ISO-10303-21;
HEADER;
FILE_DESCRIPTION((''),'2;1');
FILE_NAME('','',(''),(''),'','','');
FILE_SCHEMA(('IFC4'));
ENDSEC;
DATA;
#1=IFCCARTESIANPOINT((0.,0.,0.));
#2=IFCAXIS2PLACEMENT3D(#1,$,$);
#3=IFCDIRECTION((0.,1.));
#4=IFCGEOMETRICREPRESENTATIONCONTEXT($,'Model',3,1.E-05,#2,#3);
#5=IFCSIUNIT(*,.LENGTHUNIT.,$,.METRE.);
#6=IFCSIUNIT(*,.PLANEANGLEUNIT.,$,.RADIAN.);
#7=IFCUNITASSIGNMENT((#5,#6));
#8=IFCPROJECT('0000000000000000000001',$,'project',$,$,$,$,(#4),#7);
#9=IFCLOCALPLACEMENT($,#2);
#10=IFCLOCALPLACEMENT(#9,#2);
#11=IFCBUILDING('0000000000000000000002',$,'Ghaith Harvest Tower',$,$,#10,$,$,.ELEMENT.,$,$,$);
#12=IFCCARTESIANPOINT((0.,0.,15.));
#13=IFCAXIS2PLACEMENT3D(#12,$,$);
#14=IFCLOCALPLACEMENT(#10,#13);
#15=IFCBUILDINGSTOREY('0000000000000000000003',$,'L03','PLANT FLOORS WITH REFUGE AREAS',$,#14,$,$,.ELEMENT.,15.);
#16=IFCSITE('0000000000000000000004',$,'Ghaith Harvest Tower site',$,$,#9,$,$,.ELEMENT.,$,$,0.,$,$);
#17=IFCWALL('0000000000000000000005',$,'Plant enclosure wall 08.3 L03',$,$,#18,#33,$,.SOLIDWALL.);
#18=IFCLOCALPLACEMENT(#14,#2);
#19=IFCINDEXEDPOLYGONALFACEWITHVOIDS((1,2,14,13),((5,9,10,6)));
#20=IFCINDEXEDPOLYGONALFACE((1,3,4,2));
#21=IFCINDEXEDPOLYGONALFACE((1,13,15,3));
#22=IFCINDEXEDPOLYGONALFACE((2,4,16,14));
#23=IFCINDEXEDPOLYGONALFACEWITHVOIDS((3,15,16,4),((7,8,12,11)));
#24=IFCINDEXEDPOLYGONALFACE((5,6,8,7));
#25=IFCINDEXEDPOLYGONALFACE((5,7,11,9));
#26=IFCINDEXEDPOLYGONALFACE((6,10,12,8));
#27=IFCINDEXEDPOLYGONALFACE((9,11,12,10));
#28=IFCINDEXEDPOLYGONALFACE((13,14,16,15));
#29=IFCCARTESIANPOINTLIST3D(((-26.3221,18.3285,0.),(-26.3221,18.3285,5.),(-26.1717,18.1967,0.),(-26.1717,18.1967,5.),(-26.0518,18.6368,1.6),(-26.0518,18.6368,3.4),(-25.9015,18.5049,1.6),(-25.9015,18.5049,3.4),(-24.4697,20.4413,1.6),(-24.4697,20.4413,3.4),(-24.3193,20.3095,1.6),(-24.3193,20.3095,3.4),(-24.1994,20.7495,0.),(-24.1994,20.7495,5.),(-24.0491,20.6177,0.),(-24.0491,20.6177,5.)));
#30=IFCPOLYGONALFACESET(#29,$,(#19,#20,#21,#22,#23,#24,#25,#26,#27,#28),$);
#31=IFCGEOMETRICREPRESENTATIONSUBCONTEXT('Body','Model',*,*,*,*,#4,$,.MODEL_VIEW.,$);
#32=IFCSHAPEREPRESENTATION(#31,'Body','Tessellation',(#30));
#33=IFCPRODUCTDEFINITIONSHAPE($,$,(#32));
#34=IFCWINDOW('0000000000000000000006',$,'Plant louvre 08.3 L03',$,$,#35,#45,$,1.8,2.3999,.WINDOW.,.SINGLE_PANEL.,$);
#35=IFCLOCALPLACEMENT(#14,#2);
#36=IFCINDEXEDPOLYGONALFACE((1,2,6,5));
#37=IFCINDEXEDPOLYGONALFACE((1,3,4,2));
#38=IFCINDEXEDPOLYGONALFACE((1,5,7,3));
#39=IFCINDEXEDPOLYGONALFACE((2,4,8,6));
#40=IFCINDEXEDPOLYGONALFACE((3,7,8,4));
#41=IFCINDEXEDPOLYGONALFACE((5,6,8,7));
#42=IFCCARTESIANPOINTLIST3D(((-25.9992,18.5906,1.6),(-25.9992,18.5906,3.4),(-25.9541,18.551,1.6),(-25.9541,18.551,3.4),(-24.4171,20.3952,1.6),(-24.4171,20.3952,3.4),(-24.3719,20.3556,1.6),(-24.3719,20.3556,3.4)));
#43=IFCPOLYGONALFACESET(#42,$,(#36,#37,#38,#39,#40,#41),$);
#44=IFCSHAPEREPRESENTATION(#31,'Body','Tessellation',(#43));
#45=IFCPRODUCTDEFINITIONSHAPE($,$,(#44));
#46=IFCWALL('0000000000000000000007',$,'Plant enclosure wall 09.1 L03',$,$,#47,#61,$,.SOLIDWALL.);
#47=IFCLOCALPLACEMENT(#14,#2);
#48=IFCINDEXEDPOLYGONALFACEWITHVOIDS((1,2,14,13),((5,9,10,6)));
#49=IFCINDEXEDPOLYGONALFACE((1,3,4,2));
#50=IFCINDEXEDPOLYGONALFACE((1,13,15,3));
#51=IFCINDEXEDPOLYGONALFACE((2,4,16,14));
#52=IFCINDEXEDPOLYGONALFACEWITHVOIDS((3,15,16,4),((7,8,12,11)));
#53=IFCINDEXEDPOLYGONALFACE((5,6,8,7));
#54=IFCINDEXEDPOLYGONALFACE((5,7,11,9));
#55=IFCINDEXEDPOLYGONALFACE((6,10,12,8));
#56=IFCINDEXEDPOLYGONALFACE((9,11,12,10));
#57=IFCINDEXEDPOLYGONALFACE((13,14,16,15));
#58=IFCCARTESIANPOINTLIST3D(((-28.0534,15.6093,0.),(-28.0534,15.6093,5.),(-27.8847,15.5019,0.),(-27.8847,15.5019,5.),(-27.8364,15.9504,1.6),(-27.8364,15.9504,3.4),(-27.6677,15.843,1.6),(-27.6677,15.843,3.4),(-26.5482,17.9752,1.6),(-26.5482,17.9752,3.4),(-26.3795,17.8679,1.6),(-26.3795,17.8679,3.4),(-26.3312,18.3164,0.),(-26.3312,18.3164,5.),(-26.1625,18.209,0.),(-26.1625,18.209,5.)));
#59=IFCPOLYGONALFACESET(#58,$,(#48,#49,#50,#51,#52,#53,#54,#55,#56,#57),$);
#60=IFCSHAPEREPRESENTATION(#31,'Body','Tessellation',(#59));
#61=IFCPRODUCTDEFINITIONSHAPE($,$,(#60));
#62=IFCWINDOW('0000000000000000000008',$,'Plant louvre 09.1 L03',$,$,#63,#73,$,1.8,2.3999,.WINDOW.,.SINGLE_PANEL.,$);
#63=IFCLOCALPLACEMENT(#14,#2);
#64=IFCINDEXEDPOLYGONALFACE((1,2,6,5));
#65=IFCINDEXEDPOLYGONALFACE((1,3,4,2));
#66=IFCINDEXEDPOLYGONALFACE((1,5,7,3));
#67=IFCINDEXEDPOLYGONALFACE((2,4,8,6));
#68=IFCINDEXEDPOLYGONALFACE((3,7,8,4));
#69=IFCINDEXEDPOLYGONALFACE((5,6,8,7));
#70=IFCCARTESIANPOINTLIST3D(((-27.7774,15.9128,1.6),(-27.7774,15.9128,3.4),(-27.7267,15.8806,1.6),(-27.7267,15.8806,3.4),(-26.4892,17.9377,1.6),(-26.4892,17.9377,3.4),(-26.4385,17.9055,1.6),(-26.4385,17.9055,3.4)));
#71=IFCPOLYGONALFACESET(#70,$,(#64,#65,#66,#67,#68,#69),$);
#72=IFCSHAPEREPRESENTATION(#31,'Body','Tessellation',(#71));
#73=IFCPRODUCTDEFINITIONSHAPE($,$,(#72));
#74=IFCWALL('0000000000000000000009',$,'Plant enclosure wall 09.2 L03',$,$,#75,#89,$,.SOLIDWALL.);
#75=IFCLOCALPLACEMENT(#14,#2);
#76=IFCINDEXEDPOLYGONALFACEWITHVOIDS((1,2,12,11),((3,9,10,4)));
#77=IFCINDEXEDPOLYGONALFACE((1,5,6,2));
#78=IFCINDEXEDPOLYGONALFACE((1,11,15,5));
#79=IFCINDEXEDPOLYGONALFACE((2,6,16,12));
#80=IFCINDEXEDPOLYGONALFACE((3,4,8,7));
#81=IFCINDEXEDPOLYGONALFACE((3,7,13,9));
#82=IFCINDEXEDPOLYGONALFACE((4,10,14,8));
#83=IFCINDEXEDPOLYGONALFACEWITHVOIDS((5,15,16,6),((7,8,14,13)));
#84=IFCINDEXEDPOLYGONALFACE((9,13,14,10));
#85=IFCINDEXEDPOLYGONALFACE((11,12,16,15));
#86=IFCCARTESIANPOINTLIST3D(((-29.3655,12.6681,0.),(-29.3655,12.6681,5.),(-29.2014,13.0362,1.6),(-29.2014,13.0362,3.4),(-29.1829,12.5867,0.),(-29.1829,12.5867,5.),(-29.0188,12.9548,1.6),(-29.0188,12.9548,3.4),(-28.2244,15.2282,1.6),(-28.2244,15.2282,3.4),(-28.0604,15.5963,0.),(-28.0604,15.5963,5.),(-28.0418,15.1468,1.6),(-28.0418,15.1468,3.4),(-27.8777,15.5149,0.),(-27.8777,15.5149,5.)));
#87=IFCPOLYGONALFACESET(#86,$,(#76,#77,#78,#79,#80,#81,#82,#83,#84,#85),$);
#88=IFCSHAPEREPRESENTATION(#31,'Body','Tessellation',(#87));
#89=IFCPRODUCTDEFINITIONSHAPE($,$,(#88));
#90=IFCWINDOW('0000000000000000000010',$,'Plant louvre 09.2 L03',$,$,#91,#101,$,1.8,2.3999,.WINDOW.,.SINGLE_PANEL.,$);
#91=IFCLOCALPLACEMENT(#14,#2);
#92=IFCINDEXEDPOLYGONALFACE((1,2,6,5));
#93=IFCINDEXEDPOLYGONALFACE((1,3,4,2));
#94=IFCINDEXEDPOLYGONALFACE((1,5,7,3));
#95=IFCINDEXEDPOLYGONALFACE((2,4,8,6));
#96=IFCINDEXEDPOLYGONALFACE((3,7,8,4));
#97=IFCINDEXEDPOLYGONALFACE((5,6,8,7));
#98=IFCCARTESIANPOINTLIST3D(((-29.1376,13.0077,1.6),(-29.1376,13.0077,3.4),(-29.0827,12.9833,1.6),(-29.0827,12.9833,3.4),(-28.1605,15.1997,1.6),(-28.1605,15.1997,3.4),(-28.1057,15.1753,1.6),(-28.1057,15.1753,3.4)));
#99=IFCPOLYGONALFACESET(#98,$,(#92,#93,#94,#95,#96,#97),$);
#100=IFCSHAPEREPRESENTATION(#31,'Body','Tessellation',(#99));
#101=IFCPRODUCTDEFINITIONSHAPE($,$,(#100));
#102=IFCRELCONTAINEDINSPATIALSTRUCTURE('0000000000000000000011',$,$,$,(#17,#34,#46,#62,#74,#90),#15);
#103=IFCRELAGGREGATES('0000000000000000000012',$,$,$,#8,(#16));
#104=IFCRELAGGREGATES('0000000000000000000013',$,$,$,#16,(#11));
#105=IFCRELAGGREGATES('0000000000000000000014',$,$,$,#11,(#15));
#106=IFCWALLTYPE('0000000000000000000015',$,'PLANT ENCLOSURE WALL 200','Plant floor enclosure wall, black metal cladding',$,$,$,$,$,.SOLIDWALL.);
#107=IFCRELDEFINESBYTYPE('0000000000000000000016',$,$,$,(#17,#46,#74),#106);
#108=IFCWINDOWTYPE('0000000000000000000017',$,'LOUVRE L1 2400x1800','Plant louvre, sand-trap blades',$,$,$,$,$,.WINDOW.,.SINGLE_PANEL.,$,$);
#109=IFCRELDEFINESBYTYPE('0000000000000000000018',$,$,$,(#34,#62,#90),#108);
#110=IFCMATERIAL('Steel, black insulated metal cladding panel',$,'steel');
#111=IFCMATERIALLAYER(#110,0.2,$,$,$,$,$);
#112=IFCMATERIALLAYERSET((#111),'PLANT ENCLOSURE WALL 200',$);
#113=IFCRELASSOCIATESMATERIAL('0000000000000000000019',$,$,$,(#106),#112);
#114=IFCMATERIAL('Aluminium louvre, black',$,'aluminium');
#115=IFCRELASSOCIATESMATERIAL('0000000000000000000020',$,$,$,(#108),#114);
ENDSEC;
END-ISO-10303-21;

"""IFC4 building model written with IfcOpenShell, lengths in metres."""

from ifc_helpers import new_model, si_unit, direction, frame, frame_2d, origin, place, context, subcontext, project, spatial, rectangle, extrude, material, layer, layer_set, type_object, element, fill, save


model = new_model("IFC4")

# Units and contexts
model_context = context("Model", 3, precision=1e-05, world=origin(), true_north=direction((0.0, 1.0)))
body_context = subcontext(model_context, "Body", "Model", "MODEL_VIEW")
ifc_project = project(units=[si_unit("LENGTHUNIT", "METRE"), si_unit("PLANEANGLEUNIT", "RADIAN")], contexts=[model_context])

# Site, building, storey
site_placement = place(None, origin())
site = spatial("IfcSite", under=ifc_project, at=site_placement, Name="Ghaith Harvest Tower site", CompositionType="ELEMENT", RefElevation=0.0)
building_placement = place(site_placement, origin())
building = spatial("IfcBuilding", under=site, at=building_placement, Name="Ghaith Harvest Tower", CompositionType="ELEMENT")
storey_placement = place(building_placement, frame((0.0, 0.0, 15.0)))
storey = spatial("IfcBuildingStorey", under=building, at=storey_placement, Name="L03", Description="PLANT FLOORS WITH REFUGE AREAS", CompositionType="ELEMENT", Elevation=15.0)

# Walls, openings, windows
ifc_material_1 = material(Name="Steel, black insulated metal cladding panel", Category="steel")
ifc_layer_1 = layer(ifc_material_1, 0.2)
ifc_layer_set_1 = layer_set([ifc_layer_1], Name="PLANT ENCLOSURE WALL 200")
wall_type_1 = type_object("IfcWallType", Name="PLANT ENCLOSURE WALL 200", Description="Plant floor enclosure wall, black metal cladding", PredefinedType="SOLIDWALL", material=ifc_layer_set_1)
wall_1_placement = place(storey_placement, frame((-24.1243, 20.6836, 0.0), z_axis=(0.0, 0.0, 1.0), x_axis=(-0.659256, -0.751919, 0.0)))
wall_1 = element("IfcWall", 1, at=wall_1_placement, inside=storey, type_object=wall_type_1, Name="Plant enclosure wall 08.3 L03", PredefinedType="SOLIDWALL", context=body_context, shape_type="SweptSolid", body=[
    extrude(rectangle(XDim=3.2197, YDim=0.2, at=frame_2d((1.6099, 0.0))), origin(), (0.0, 0.0, 1.0), 5.0),
])
opening_1_placement = place(wall_1_placement, frame((0.4099, 0.0, 1.6001)))
opening_1 = element("IfcOpeningElement", 2, at=opening_1_placement, cuts=wall_1, PredefinedType="OPENING", context=body_context, shape_type="SweptSolid", body=[
    extrude(rectangle(XDim=2.3999, YDim=1.8, at=frame_2d((1.2, 0.8999))), frame((0.0, 0.1099, 0.0), z_axis=(0.0, -1.0, 0.0), x_axis=(1.0, 0.0, 0.0)), (0.0, 0.0, 1.0), 0.22),
])
ifc_material_2 = material(Name="Aluminium louvre, black", Category="aluminium")
window_type = type_object("IfcWindowType", Name="LOUVRE L1 2400x1800", Description="Plant louvre, sand-trap blades", PartitioningType="SINGLE_PANEL", PredefinedType="WINDOW", material=ifc_material_2)
window_1_placement = place(opening_1_placement, origin())
window_1 = element("IfcWindow", 3, at=window_1_placement, inside=storey, type_object=window_type, Name="Plant louvre 08.3 L03", OverallHeight=1.8, OverallWidth=2.3999, PartitioningType="SINGLE_PANEL", PredefinedType="WINDOW", context=body_context, shape_type="SweptSolid", body=[
    extrude(rectangle(XDim=2.3999, YDim=1.8, at=frame_2d((1.2, 0.8999))), frame((0.0, 0.03, 0.0), z_axis=(0.0, -1.0, 0.0), x_axis=(1.0, 0.0, 0.0)), (0.0, 0.0, 1.0), 0.0601),
])
fill(opening_1, window_1)
wall_2_placement = place(storey_placement, frame((-26.2468, 18.2627, 0.0), z_axis=(0.0, 0.0, 1.0), x_axis=(-0.536767, -0.84373, 0.0)))
wall_2 = element("IfcWall", 4, at=wall_2_placement, inside=storey, type_object=wall_type_1, Name="Plant enclosure wall 09.1 L03", PredefinedType="SOLIDWALL", context=body_context, shape_type="SweptSolid", body=[
    extrude(rectangle(XDim=3.2085, YDim=0.2, at=frame_2d((1.6042, 0.0))), origin(), (0.0, 0.0, 1.0), 5.0),
])
opening_2_placement = place(wall_2_placement, frame((0.4043, 0.0, 1.6001)))
opening_2 = element("IfcOpeningElement", 5, at=opening_2_placement, cuts=wall_2, PredefinedType="OPENING", context=body_context, shape_type="SweptSolid", body=[
    extrude(rectangle(XDim=2.3999, YDim=1.8, at=frame_2d((1.2, 0.8999))), frame((0.0, 0.1099, 0.0), z_axis=(0.0, -1.0, 0.0), x_axis=(1.0, 0.0, 0.0)), (0.0, 0.0, 1.0), 0.22),
])
window_2_placement = place(opening_2_placement, origin())
window_2 = element("IfcWindow", 6, at=window_2_placement, inside=storey, type_object=window_type, Name="Plant louvre 09.1 L03", OverallHeight=1.8, OverallWidth=2.3999, PartitioningType="SINGLE_PANEL", PredefinedType="WINDOW", context=body_context, shape_type="SweptSolid", body=[
    extrude(rectangle(XDim=2.3999, YDim=1.8, at=frame_2d((1.2, 0.8999))), frame((0.0, 0.03, 0.0), z_axis=(0.0, -1.0, 0.0), x_axis=(1.0, 0.0, 0.0)), (0.0, 0.0, 1.0), 0.0601),
])
fill(opening_2, window_2)
wall_3_placement = place(storey_placement, frame((-27.969, 15.5557, 0.0), z_axis=(0.0, 0.0, 1.0), x_axis=(-0.407113, -0.913378, 0.0)))
wall_3 = element("IfcWall", 7, at=wall_3_placement, inside=storey, type_object=wall_type_1, Name="Plant enclosure wall 09.2 L03", PredefinedType="SOLIDWALL", context=body_context, shape_type="SweptSolid", body=[
    extrude(rectangle(XDim=3.2058, YDim=0.2, at=frame_2d((1.603, 0.0))), origin(), (0.0, 0.0, 1.0), 5.0),
])
opening_3_placement = place(wall_3_placement, frame((0.4031, 0.0, 1.6001)))
opening_3 = element("IfcOpeningElement", 8, at=opening_3_placement, cuts=wall_3, PredefinedType="OPENING", context=body_context, shape_type="SweptSolid", body=[
    extrude(rectangle(XDim=2.3999, YDim=1.8, at=frame_2d((1.2, 0.8999))), frame((0.0, 0.1099, 0.0), z_axis=(0.0, -1.0, 0.0), x_axis=(1.0, 0.0, 0.0)), (0.0, 0.0, 1.0), 0.22),
])
window_3_placement = place(opening_3_placement, origin())
window_3 = element("IfcWindow", 9, at=window_3_placement, inside=storey, type_object=window_type, Name="Plant louvre 09.2 L03", OverallHeight=1.8, OverallWidth=2.3999, PartitioningType="SINGLE_PANEL", PredefinedType="WINDOW", context=body_context, shape_type="SweptSolid", body=[
    extrude(rectangle(XDim=2.3999, YDim=1.8, at=frame_2d((1.2, 0.8999))), frame((0.0, 0.03, 0.0), z_axis=(0.0, -1.0, 0.0), x_axis=(1.0, 0.0, 0.0)), (0.0, 0.0, 1.0), 0.0601),
])
fill(opening_3, window_3)

save(model, "model.ifc")
